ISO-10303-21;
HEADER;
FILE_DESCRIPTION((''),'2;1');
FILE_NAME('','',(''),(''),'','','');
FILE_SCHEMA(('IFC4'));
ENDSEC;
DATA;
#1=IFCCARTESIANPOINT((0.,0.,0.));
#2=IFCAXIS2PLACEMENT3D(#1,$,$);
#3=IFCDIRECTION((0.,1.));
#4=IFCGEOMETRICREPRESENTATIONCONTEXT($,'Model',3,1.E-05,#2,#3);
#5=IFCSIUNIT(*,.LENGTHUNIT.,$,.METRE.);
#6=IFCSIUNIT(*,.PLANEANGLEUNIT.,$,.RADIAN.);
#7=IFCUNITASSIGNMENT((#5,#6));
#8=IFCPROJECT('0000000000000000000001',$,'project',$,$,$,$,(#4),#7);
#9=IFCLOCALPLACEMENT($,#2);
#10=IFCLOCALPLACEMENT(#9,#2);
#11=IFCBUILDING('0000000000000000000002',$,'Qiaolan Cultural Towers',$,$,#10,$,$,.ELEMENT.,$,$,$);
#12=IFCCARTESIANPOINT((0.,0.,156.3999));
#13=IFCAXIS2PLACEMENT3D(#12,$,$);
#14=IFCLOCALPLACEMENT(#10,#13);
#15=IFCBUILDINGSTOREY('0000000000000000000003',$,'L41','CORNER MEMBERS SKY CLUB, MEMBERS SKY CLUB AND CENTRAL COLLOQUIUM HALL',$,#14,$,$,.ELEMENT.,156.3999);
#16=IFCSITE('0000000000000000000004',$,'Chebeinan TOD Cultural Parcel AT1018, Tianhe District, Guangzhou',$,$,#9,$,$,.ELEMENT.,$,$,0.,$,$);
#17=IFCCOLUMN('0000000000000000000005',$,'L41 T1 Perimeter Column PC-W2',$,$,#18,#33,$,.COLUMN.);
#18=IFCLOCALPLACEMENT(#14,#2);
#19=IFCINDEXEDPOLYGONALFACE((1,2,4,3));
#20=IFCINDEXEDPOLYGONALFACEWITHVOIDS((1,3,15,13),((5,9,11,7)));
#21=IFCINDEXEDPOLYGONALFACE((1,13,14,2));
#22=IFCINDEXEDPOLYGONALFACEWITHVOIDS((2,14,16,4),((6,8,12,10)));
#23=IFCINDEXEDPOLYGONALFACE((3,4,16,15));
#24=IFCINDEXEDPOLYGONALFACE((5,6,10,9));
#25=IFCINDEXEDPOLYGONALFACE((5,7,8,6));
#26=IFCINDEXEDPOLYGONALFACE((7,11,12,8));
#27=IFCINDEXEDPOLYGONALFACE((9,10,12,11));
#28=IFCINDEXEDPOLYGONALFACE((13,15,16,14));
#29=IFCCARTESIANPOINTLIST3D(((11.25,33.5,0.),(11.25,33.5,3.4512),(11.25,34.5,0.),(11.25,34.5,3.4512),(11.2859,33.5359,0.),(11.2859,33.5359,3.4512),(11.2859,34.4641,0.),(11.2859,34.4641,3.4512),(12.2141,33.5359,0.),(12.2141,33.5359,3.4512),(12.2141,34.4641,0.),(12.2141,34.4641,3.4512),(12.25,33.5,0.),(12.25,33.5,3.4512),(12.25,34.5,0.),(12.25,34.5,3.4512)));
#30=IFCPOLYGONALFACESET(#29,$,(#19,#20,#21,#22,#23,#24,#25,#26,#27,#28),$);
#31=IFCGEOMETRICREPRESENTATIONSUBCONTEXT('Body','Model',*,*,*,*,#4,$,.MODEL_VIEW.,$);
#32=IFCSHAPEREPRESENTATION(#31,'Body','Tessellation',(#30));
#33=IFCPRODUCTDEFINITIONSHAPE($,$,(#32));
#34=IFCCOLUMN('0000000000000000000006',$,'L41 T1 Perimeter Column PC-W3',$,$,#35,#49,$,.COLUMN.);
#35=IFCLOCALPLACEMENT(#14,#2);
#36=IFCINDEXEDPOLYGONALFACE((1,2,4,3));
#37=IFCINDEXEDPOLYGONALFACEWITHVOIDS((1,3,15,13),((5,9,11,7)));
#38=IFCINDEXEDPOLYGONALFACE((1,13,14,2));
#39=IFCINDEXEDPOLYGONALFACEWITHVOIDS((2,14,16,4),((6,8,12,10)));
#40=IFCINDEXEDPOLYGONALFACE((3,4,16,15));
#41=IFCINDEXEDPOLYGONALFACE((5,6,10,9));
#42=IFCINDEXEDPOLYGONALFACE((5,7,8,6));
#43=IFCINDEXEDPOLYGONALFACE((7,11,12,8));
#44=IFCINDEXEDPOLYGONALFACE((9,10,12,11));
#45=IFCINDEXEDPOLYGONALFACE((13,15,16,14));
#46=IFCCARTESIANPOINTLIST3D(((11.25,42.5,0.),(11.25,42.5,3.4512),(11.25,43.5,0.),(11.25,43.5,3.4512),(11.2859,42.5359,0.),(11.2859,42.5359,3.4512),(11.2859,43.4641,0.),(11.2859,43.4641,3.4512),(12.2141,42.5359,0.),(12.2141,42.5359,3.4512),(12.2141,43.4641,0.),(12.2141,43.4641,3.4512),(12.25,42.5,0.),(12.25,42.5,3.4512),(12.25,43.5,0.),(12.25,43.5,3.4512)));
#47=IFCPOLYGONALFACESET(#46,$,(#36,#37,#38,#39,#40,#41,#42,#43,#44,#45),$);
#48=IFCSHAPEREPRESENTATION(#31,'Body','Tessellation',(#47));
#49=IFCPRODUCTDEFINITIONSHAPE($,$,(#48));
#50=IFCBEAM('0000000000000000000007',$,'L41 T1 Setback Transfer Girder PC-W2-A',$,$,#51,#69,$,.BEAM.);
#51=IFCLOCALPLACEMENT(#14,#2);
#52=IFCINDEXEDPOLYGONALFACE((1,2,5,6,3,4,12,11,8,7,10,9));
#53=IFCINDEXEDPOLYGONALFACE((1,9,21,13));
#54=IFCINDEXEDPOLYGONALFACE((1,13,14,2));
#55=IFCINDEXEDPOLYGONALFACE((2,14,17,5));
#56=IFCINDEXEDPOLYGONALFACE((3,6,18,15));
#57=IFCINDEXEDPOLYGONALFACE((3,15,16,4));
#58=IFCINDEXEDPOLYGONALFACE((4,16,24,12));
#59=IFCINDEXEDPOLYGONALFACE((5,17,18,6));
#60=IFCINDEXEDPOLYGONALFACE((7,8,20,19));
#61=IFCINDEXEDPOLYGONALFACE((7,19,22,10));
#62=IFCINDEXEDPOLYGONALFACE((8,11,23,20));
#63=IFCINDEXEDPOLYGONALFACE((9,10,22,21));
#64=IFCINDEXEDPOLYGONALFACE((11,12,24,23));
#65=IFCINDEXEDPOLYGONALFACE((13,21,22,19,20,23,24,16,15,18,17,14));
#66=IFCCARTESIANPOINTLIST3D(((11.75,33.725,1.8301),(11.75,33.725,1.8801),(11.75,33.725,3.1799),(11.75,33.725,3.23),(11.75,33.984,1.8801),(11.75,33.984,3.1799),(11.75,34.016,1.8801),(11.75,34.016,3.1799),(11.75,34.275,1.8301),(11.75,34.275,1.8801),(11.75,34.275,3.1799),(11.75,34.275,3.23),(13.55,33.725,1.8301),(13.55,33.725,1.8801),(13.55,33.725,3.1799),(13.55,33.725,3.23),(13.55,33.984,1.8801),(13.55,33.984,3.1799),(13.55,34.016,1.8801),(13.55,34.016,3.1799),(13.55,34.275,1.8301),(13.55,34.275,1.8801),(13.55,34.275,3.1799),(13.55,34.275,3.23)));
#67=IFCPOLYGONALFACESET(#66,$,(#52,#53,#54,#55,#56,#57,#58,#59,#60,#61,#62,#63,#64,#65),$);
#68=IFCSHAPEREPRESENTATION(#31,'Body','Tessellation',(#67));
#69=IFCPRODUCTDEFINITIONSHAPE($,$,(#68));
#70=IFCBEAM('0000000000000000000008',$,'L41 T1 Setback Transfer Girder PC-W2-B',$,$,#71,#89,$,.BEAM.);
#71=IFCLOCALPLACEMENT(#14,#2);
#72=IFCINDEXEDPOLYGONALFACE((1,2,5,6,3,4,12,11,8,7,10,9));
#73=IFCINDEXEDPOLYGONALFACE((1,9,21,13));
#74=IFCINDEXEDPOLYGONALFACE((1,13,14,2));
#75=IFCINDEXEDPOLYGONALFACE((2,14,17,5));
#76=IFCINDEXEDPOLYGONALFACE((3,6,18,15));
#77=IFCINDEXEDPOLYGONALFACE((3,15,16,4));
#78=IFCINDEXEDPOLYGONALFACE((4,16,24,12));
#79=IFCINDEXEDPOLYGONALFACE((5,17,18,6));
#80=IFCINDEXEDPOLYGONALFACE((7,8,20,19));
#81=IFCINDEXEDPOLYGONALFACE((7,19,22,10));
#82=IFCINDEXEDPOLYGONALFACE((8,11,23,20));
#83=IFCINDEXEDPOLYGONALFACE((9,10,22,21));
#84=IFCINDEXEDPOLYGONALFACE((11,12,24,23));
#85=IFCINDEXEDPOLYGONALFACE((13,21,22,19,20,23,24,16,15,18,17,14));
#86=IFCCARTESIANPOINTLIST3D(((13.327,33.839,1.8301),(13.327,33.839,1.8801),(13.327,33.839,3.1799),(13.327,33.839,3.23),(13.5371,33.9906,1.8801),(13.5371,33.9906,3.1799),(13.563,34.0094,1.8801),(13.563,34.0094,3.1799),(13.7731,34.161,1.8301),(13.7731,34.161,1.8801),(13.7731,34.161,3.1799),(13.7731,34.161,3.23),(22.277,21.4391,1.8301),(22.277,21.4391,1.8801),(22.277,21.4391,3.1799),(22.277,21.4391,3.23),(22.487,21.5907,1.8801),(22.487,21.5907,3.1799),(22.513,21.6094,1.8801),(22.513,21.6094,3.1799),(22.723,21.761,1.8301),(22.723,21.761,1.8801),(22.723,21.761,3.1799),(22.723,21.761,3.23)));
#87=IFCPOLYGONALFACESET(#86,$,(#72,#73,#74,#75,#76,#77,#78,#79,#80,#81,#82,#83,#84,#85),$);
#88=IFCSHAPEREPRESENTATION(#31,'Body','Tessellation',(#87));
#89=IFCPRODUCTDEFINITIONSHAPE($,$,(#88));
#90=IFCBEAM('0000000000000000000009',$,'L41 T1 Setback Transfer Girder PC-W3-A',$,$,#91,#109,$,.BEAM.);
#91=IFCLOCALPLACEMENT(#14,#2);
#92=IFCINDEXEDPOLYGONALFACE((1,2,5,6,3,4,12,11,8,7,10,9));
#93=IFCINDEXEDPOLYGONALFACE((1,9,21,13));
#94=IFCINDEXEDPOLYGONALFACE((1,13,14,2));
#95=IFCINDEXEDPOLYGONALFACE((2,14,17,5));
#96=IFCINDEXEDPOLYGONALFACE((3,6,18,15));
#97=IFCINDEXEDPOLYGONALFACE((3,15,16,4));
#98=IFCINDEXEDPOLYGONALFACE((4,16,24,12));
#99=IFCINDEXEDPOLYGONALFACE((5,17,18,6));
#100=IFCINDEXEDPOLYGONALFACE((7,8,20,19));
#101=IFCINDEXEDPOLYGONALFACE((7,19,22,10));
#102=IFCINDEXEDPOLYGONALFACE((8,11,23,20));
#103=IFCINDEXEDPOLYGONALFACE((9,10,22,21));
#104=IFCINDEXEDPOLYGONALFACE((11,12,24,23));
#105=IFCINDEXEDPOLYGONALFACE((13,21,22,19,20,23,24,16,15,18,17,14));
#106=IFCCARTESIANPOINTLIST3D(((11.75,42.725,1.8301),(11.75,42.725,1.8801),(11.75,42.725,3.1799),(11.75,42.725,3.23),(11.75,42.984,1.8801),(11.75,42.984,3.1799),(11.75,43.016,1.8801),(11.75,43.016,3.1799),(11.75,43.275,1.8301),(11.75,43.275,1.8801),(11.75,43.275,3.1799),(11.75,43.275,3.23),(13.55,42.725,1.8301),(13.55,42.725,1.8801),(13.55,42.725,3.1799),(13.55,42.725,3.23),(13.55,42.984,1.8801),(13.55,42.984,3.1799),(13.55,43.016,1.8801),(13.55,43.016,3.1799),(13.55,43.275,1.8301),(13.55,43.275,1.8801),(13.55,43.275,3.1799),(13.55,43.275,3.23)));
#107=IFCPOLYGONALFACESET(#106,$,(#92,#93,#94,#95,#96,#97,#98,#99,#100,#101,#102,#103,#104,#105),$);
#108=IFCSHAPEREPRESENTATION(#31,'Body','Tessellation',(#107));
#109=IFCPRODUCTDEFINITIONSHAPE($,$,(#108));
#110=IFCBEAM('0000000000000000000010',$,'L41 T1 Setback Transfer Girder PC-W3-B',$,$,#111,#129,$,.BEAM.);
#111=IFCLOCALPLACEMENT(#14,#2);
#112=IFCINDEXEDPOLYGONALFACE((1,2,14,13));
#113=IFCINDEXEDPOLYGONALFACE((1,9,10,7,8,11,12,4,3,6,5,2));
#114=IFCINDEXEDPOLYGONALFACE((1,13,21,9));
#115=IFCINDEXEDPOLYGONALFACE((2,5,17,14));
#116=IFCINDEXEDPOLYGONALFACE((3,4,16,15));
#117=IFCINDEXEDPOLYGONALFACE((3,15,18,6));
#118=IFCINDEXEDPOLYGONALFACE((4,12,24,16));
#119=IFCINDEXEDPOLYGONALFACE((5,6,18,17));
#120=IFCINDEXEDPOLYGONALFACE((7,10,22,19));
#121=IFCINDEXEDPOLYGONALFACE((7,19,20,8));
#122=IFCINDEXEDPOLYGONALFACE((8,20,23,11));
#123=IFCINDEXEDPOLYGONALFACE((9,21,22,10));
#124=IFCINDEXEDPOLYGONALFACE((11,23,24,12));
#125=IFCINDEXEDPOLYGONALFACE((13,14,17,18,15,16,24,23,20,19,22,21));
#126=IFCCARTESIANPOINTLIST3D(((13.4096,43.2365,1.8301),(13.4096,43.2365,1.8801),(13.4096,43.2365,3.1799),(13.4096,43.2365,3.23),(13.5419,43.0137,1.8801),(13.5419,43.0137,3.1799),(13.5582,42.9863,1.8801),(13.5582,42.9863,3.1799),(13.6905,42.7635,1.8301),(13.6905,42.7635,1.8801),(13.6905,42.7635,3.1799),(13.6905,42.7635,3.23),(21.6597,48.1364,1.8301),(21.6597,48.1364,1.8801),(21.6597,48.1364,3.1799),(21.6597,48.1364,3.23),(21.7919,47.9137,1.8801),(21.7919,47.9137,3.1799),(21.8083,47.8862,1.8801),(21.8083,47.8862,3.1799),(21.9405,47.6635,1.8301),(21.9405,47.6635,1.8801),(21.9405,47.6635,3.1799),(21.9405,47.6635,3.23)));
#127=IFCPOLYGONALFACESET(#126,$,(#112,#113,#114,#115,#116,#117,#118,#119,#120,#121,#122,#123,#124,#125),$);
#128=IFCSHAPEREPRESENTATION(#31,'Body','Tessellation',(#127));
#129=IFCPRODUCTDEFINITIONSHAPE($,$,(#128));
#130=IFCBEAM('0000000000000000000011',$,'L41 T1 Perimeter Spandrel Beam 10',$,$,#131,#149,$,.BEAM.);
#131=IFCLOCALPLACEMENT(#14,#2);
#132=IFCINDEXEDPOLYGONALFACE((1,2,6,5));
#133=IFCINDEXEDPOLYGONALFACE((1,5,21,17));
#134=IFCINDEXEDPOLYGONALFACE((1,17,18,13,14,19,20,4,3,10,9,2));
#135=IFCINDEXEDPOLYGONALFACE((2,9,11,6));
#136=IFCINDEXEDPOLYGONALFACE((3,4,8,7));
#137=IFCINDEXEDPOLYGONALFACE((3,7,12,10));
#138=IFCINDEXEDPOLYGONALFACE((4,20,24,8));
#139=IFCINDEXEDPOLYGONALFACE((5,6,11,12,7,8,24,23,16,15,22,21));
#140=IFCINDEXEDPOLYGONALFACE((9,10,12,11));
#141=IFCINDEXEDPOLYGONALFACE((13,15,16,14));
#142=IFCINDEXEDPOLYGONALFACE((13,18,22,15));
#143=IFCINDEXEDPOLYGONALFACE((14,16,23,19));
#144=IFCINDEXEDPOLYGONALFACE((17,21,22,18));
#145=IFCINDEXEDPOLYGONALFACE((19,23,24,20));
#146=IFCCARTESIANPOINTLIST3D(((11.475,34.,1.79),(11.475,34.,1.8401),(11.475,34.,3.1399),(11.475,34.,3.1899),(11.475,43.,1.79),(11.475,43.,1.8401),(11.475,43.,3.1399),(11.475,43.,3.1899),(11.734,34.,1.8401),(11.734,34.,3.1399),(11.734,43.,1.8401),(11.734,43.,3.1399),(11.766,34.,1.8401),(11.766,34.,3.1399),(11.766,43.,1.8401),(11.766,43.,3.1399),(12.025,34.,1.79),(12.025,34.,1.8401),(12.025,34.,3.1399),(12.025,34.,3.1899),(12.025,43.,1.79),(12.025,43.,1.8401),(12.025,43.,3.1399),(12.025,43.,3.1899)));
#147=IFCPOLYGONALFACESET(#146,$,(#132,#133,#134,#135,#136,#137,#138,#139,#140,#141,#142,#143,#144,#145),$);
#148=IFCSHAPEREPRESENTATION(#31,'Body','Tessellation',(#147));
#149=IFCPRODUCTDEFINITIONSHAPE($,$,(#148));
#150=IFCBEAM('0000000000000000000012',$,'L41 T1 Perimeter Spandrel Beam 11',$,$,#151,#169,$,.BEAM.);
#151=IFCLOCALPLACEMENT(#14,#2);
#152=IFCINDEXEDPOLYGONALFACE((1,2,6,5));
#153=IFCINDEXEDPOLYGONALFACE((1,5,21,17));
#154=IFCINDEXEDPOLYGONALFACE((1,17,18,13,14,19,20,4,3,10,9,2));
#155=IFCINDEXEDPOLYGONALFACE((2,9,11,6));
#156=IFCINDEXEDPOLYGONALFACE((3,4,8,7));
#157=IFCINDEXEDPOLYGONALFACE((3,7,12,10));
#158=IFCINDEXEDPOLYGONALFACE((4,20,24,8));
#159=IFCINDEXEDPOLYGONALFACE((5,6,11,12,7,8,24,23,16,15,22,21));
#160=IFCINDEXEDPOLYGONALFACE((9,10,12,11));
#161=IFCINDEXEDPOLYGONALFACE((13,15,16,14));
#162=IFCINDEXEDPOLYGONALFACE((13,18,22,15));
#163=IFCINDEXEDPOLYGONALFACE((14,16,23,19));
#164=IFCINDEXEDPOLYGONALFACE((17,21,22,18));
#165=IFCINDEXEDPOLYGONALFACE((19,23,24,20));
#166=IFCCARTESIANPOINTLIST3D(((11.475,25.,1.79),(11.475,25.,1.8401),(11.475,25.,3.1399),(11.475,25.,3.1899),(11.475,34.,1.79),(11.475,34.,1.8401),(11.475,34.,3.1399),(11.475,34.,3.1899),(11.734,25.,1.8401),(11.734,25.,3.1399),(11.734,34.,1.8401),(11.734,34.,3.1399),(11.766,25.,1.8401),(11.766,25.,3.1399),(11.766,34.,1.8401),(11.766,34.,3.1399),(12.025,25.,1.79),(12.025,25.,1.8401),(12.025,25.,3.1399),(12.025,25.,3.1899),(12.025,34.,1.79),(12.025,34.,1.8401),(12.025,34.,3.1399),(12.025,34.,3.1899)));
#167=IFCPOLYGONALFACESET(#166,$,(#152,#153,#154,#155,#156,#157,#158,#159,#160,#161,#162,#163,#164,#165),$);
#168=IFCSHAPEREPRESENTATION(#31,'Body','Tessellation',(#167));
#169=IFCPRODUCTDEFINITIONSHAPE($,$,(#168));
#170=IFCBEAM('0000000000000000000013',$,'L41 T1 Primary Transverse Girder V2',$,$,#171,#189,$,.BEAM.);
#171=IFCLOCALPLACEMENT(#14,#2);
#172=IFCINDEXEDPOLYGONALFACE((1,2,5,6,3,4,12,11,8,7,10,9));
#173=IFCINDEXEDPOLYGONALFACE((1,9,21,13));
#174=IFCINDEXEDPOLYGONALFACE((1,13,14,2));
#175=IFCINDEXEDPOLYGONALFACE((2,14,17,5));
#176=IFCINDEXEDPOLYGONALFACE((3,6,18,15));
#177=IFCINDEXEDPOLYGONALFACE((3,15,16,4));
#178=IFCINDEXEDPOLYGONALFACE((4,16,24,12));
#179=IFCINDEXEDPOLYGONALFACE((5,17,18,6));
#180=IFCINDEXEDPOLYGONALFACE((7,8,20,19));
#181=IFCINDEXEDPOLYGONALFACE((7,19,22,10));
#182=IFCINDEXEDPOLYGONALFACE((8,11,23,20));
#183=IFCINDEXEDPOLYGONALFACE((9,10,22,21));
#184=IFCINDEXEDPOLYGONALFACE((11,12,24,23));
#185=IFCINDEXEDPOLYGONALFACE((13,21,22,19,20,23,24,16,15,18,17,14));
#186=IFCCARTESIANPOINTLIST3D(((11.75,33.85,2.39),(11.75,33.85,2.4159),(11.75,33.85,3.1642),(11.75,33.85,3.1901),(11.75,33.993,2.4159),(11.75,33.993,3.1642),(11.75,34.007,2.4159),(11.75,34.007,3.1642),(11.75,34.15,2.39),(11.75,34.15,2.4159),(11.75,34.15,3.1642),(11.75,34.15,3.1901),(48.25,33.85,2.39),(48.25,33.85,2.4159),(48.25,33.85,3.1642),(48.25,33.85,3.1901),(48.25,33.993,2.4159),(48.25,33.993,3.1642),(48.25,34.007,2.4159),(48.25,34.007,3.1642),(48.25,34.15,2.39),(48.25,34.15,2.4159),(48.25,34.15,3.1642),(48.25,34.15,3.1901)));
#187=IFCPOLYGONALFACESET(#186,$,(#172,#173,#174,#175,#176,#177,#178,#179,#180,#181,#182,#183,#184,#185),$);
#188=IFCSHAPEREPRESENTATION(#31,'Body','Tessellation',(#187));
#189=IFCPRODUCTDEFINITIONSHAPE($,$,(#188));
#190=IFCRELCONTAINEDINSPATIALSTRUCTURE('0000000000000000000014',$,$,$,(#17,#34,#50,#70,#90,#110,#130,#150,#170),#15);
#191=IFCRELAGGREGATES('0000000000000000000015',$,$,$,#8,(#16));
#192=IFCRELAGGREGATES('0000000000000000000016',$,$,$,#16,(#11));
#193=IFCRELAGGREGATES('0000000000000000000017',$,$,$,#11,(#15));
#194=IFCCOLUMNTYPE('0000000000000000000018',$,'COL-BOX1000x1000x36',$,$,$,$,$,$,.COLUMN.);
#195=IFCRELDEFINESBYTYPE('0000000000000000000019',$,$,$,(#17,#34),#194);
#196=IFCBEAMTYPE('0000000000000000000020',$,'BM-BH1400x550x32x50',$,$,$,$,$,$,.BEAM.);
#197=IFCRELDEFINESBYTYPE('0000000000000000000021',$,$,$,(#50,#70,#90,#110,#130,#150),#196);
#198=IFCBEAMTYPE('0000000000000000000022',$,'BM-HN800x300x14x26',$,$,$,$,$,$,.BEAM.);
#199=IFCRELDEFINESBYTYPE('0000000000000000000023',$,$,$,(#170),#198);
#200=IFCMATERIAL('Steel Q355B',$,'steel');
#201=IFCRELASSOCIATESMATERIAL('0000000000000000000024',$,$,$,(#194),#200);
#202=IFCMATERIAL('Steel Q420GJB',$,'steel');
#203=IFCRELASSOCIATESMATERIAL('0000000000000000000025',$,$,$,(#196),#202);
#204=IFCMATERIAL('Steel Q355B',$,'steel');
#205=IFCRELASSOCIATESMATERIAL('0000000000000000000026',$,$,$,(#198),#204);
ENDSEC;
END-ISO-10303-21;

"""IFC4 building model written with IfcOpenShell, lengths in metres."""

from ifc_helpers import new_model, si_unit, direction, frame, origin, origin_2d, place, context, subcontext, project, spatial, hollow_rectangle, i_section, extrude, material, material_profile, profile_set, type_object, element, save


model = new_model("IFC4")

# Units and contexts
model_context = context("Model", 3, precision=1e-05, world=origin(), true_north=direction((0.0, 1.0)))
body_context = subcontext(model_context, "Body", "Model", "MODEL_VIEW")
ifc_project = project(units=[si_unit("LENGTHUNIT", "METRE"), si_unit("PLANEANGLEUNIT", "RADIAN")], contexts=[model_context])

# Site, building, storey
site_placement = place(None, origin())
site = spatial("IfcSite", under=ifc_project, at=site_placement, Name="Chebeinan TOD Cultural Parcel AT1018, Tianhe District, Guangzhou", CompositionType="ELEMENT", RefElevation=0.0)
building_placement = place(site_placement, origin())
building = spatial("IfcBuilding", under=site, at=building_placement, Name="Qiaolan Cultural Towers", CompositionType="ELEMENT")
storey_placement = place(building_placement, frame((0.0, 0.0, 156.3999)))
storey = spatial("IfcBuildingStorey", under=building, at=storey_placement, Name="L41", Description="CORNER MEMBERS SKY CLUB, MEMBERS SKY CLUB AND CENTRAL COLLOQUIUM HALL", CompositionType="ELEMENT", Elevation=156.3999)

# Columns
ifc_material_1 = material(Name="Steel Q355B", Category="steel")
ifc_material_profile_1 = material_profile(ifc_material_1, hollow_rectangle(XDim=1.0, YDim=1.0, WallThickness=0.0359, at=origin_2d()), Name="BOX1000x1000x36")
ifc_profile_set_1 = profile_set([ifc_material_profile_1], Name="Steel Q355B")
column_type = type_object("IfcColumnType", Name="COL-BOX1000x1000x36", PredefinedType="COLUMN", material=ifc_profile_set_1)
for number, where, z_axis, x_axis, name in (
    (1, (11.75, 34.0, 0.0), (0.0, 0.0, 1.0), (1.0, 0.0, 0.0), "L41 T1 Perimeter Column PC-W2"),
    (2, (11.75, 43.0, 0.0), (0.0, 0.0, 1.0), (1.0, 0.0, 0.0), "L41 T1 Perimeter Column PC-W3"),
):
    element("IfcColumn", number, at=place(storey_placement, frame(where, z_axis=z_axis, x_axis=x_axis)), inside=storey, type_object=column_type, Name=name, PredefinedType="COLUMN", context=body_context, shape_type="SweptSolid", body=[
        extrude(hollow_rectangle(XDim=1.0, YDim=1.0, WallThickness=0.0359, at=origin_2d()), origin(), (0.0, 0.0, 1.0), 3.4512),
    ])

# Beams
ifc_material_2 = material(Name="Steel Q420GJB", Category="steel")
ifc_material_profile_2 = material_profile(ifc_material_2, i_section(OverallWidth=0.55, OverallDepth=1.3999, WebThickness=0.032, FlangeThickness=0.05, at=origin_2d()), Name="BH1400x550x32x50")
ifc_profile_set_2 = profile_set([ifc_material_profile_2], Name="Steel Q420GJB")
beam_type_1 = type_object("IfcBeamType", Name="BM-BH1400x550x32x50", PredefinedType="BEAM", material=ifc_profile_set_2)
beam_1_placement = place(storey_placement, frame((11.75, 34.0, 2.53), z_axis=(1.0, 0.0, 0.0), x_axis=(0.0, 1.0, 0.0)))
element("IfcBeam", 3, at=beam_1_placement, inside=storey, type_object=beam_type_1, Name="L41 T1 Setback Transfer Girder PC-W2-A", PredefinedType="BEAM", context=body_context, shape_type="SweptSolid", body=[
    extrude(i_section(OverallWidth=0.55, OverallDepth=1.3999, WebThickness=0.032, FlangeThickness=0.05, at=origin_2d()), origin(), (0.0, 0.0, 1.0), 1.8),
])
beam_2_placement = place(storey_placement, frame((13.55, 34.0, 2.53), z_axis=(0.585253, -0.810851, 0.0), x_axis=(0.810851, 0.585253, 0.0)))
element("IfcBeam", 4, at=beam_2_placement, inside=storey, type_object=beam_type_1, Name="L41 T1 Setback Transfer Girder PC-W2-B", PredefinedType="BEAM", context=body_context, shape_type="SweptSolid", body=[
    extrude(i_section(OverallWidth=0.55, OverallDepth=1.3999, WebThickness=0.032, FlangeThickness=0.05, at=origin_2d()), origin(), (0.0, 0.0, 1.0), 15.2925),
])
beam_3_placement = place(storey_placement, frame((11.75, 43.0, 2.53), z_axis=(1.0, 0.0, 0.0), x_axis=(0.0, 1.0, 0.0)))
element("IfcBeam", 5, at=beam_3_placement, inside=storey, type_object=beam_type_1, Name="L41 T1 Setback Transfer Girder PC-W3-A", PredefinedType="BEAM", context=body_context, shape_type="SweptSolid", body=[
    extrude(i_section(OverallWidth=0.55, OverallDepth=1.3999, WebThickness=0.032, FlangeThickness=0.05, at=origin_2d()), origin(), (0.0, 0.0, 1.0), 1.8),
])
beam_4_placement = place(storey_placement, frame((13.55, 43.0, 2.53), z_axis=(0.859788, 0.510652, 0.0), x_axis=(-0.510652, 0.859788, 0.0)))
element("IfcBeam", 6, at=beam_4_placement, inside=storey, type_object=beam_type_1, Name="L41 T1 Setback Transfer Girder PC-W3-B", PredefinedType="BEAM", context=body_context, shape_type="SweptSolid", body=[
    extrude(i_section(OverallWidth=0.55, OverallDepth=1.3999, WebThickness=0.032, FlangeThickness=0.05, at=origin_2d()), origin(), (0.0, 0.0, 1.0), 9.5955),
])
for number, where, z_axis, x_axis, name in (
    (7, (11.75, 43.0, 2.49), (0.0, -1.0, 0.0), (1.0, 0.0, 0.0), "L41 T1 Perimeter Spandrel Beam 10"),
    (8, (11.75, 34.0, 2.49), (0.0, -1.0, 0.0), (1.0, 0.0, 0.0), "L41 T1 Perimeter Spandrel Beam 11"),
):
    element("IfcBeam", number, at=place(storey_placement, frame(where, z_axis=z_axis, x_axis=x_axis)), inside=storey, type_object=beam_type_1, Name=name, PredefinedType="BEAM", context=body_context, shape_type="SweptSolid", body=[
        extrude(i_section(OverallWidth=0.55, OverallDepth=1.3999, WebThickness=0.032, FlangeThickness=0.05, at=origin_2d()), origin(), (0.0, 0.0, 1.0), 9.0),
    ])
ifc_material_3 = material(Name="Steel Q355B", Category="steel")
ifc_material_profile_3 = material_profile(ifc_material_3, i_section(OverallWidth=0.3, OverallDepth=0.8, WebThickness=0.0139, FlangeThickness=0.0259, at=origin_2d()), Name="HN800x300x14x26")
ifc_profile_set_3 = profile_set([ifc_material_profile_3], Name="Steel Q355B")
beam_type_2 = type_object("IfcBeamType", Name="BM-HN800x300x14x26", PredefinedType="BEAM", material=ifc_profile_set_3)
for number, where, z_axis, x_axis, name in (
    (9, (11.75, 34.0, 2.79), (1.0, 0.0, 0.0), (0.0, 1.0, 0.0), "L41 T1 Primary Transverse Girder V2"),
):
    element("IfcBeam", number, at=place(storey_placement, frame(where, z_axis=z_axis, x_axis=x_axis)), inside=storey, type_object=beam_type_2, Name=name, PredefinedType="BEAM", context=body_context, shape_type="SweptSolid", body=[
        extrude(i_section(OverallWidth=0.3, OverallDepth=0.8, WebThickness=0.0139, FlangeThickness=0.0259, at=origin_2d()), origin(), (0.0, 0.0, 1.0), 36.5),
    ])

save(model, "model.ifc")
